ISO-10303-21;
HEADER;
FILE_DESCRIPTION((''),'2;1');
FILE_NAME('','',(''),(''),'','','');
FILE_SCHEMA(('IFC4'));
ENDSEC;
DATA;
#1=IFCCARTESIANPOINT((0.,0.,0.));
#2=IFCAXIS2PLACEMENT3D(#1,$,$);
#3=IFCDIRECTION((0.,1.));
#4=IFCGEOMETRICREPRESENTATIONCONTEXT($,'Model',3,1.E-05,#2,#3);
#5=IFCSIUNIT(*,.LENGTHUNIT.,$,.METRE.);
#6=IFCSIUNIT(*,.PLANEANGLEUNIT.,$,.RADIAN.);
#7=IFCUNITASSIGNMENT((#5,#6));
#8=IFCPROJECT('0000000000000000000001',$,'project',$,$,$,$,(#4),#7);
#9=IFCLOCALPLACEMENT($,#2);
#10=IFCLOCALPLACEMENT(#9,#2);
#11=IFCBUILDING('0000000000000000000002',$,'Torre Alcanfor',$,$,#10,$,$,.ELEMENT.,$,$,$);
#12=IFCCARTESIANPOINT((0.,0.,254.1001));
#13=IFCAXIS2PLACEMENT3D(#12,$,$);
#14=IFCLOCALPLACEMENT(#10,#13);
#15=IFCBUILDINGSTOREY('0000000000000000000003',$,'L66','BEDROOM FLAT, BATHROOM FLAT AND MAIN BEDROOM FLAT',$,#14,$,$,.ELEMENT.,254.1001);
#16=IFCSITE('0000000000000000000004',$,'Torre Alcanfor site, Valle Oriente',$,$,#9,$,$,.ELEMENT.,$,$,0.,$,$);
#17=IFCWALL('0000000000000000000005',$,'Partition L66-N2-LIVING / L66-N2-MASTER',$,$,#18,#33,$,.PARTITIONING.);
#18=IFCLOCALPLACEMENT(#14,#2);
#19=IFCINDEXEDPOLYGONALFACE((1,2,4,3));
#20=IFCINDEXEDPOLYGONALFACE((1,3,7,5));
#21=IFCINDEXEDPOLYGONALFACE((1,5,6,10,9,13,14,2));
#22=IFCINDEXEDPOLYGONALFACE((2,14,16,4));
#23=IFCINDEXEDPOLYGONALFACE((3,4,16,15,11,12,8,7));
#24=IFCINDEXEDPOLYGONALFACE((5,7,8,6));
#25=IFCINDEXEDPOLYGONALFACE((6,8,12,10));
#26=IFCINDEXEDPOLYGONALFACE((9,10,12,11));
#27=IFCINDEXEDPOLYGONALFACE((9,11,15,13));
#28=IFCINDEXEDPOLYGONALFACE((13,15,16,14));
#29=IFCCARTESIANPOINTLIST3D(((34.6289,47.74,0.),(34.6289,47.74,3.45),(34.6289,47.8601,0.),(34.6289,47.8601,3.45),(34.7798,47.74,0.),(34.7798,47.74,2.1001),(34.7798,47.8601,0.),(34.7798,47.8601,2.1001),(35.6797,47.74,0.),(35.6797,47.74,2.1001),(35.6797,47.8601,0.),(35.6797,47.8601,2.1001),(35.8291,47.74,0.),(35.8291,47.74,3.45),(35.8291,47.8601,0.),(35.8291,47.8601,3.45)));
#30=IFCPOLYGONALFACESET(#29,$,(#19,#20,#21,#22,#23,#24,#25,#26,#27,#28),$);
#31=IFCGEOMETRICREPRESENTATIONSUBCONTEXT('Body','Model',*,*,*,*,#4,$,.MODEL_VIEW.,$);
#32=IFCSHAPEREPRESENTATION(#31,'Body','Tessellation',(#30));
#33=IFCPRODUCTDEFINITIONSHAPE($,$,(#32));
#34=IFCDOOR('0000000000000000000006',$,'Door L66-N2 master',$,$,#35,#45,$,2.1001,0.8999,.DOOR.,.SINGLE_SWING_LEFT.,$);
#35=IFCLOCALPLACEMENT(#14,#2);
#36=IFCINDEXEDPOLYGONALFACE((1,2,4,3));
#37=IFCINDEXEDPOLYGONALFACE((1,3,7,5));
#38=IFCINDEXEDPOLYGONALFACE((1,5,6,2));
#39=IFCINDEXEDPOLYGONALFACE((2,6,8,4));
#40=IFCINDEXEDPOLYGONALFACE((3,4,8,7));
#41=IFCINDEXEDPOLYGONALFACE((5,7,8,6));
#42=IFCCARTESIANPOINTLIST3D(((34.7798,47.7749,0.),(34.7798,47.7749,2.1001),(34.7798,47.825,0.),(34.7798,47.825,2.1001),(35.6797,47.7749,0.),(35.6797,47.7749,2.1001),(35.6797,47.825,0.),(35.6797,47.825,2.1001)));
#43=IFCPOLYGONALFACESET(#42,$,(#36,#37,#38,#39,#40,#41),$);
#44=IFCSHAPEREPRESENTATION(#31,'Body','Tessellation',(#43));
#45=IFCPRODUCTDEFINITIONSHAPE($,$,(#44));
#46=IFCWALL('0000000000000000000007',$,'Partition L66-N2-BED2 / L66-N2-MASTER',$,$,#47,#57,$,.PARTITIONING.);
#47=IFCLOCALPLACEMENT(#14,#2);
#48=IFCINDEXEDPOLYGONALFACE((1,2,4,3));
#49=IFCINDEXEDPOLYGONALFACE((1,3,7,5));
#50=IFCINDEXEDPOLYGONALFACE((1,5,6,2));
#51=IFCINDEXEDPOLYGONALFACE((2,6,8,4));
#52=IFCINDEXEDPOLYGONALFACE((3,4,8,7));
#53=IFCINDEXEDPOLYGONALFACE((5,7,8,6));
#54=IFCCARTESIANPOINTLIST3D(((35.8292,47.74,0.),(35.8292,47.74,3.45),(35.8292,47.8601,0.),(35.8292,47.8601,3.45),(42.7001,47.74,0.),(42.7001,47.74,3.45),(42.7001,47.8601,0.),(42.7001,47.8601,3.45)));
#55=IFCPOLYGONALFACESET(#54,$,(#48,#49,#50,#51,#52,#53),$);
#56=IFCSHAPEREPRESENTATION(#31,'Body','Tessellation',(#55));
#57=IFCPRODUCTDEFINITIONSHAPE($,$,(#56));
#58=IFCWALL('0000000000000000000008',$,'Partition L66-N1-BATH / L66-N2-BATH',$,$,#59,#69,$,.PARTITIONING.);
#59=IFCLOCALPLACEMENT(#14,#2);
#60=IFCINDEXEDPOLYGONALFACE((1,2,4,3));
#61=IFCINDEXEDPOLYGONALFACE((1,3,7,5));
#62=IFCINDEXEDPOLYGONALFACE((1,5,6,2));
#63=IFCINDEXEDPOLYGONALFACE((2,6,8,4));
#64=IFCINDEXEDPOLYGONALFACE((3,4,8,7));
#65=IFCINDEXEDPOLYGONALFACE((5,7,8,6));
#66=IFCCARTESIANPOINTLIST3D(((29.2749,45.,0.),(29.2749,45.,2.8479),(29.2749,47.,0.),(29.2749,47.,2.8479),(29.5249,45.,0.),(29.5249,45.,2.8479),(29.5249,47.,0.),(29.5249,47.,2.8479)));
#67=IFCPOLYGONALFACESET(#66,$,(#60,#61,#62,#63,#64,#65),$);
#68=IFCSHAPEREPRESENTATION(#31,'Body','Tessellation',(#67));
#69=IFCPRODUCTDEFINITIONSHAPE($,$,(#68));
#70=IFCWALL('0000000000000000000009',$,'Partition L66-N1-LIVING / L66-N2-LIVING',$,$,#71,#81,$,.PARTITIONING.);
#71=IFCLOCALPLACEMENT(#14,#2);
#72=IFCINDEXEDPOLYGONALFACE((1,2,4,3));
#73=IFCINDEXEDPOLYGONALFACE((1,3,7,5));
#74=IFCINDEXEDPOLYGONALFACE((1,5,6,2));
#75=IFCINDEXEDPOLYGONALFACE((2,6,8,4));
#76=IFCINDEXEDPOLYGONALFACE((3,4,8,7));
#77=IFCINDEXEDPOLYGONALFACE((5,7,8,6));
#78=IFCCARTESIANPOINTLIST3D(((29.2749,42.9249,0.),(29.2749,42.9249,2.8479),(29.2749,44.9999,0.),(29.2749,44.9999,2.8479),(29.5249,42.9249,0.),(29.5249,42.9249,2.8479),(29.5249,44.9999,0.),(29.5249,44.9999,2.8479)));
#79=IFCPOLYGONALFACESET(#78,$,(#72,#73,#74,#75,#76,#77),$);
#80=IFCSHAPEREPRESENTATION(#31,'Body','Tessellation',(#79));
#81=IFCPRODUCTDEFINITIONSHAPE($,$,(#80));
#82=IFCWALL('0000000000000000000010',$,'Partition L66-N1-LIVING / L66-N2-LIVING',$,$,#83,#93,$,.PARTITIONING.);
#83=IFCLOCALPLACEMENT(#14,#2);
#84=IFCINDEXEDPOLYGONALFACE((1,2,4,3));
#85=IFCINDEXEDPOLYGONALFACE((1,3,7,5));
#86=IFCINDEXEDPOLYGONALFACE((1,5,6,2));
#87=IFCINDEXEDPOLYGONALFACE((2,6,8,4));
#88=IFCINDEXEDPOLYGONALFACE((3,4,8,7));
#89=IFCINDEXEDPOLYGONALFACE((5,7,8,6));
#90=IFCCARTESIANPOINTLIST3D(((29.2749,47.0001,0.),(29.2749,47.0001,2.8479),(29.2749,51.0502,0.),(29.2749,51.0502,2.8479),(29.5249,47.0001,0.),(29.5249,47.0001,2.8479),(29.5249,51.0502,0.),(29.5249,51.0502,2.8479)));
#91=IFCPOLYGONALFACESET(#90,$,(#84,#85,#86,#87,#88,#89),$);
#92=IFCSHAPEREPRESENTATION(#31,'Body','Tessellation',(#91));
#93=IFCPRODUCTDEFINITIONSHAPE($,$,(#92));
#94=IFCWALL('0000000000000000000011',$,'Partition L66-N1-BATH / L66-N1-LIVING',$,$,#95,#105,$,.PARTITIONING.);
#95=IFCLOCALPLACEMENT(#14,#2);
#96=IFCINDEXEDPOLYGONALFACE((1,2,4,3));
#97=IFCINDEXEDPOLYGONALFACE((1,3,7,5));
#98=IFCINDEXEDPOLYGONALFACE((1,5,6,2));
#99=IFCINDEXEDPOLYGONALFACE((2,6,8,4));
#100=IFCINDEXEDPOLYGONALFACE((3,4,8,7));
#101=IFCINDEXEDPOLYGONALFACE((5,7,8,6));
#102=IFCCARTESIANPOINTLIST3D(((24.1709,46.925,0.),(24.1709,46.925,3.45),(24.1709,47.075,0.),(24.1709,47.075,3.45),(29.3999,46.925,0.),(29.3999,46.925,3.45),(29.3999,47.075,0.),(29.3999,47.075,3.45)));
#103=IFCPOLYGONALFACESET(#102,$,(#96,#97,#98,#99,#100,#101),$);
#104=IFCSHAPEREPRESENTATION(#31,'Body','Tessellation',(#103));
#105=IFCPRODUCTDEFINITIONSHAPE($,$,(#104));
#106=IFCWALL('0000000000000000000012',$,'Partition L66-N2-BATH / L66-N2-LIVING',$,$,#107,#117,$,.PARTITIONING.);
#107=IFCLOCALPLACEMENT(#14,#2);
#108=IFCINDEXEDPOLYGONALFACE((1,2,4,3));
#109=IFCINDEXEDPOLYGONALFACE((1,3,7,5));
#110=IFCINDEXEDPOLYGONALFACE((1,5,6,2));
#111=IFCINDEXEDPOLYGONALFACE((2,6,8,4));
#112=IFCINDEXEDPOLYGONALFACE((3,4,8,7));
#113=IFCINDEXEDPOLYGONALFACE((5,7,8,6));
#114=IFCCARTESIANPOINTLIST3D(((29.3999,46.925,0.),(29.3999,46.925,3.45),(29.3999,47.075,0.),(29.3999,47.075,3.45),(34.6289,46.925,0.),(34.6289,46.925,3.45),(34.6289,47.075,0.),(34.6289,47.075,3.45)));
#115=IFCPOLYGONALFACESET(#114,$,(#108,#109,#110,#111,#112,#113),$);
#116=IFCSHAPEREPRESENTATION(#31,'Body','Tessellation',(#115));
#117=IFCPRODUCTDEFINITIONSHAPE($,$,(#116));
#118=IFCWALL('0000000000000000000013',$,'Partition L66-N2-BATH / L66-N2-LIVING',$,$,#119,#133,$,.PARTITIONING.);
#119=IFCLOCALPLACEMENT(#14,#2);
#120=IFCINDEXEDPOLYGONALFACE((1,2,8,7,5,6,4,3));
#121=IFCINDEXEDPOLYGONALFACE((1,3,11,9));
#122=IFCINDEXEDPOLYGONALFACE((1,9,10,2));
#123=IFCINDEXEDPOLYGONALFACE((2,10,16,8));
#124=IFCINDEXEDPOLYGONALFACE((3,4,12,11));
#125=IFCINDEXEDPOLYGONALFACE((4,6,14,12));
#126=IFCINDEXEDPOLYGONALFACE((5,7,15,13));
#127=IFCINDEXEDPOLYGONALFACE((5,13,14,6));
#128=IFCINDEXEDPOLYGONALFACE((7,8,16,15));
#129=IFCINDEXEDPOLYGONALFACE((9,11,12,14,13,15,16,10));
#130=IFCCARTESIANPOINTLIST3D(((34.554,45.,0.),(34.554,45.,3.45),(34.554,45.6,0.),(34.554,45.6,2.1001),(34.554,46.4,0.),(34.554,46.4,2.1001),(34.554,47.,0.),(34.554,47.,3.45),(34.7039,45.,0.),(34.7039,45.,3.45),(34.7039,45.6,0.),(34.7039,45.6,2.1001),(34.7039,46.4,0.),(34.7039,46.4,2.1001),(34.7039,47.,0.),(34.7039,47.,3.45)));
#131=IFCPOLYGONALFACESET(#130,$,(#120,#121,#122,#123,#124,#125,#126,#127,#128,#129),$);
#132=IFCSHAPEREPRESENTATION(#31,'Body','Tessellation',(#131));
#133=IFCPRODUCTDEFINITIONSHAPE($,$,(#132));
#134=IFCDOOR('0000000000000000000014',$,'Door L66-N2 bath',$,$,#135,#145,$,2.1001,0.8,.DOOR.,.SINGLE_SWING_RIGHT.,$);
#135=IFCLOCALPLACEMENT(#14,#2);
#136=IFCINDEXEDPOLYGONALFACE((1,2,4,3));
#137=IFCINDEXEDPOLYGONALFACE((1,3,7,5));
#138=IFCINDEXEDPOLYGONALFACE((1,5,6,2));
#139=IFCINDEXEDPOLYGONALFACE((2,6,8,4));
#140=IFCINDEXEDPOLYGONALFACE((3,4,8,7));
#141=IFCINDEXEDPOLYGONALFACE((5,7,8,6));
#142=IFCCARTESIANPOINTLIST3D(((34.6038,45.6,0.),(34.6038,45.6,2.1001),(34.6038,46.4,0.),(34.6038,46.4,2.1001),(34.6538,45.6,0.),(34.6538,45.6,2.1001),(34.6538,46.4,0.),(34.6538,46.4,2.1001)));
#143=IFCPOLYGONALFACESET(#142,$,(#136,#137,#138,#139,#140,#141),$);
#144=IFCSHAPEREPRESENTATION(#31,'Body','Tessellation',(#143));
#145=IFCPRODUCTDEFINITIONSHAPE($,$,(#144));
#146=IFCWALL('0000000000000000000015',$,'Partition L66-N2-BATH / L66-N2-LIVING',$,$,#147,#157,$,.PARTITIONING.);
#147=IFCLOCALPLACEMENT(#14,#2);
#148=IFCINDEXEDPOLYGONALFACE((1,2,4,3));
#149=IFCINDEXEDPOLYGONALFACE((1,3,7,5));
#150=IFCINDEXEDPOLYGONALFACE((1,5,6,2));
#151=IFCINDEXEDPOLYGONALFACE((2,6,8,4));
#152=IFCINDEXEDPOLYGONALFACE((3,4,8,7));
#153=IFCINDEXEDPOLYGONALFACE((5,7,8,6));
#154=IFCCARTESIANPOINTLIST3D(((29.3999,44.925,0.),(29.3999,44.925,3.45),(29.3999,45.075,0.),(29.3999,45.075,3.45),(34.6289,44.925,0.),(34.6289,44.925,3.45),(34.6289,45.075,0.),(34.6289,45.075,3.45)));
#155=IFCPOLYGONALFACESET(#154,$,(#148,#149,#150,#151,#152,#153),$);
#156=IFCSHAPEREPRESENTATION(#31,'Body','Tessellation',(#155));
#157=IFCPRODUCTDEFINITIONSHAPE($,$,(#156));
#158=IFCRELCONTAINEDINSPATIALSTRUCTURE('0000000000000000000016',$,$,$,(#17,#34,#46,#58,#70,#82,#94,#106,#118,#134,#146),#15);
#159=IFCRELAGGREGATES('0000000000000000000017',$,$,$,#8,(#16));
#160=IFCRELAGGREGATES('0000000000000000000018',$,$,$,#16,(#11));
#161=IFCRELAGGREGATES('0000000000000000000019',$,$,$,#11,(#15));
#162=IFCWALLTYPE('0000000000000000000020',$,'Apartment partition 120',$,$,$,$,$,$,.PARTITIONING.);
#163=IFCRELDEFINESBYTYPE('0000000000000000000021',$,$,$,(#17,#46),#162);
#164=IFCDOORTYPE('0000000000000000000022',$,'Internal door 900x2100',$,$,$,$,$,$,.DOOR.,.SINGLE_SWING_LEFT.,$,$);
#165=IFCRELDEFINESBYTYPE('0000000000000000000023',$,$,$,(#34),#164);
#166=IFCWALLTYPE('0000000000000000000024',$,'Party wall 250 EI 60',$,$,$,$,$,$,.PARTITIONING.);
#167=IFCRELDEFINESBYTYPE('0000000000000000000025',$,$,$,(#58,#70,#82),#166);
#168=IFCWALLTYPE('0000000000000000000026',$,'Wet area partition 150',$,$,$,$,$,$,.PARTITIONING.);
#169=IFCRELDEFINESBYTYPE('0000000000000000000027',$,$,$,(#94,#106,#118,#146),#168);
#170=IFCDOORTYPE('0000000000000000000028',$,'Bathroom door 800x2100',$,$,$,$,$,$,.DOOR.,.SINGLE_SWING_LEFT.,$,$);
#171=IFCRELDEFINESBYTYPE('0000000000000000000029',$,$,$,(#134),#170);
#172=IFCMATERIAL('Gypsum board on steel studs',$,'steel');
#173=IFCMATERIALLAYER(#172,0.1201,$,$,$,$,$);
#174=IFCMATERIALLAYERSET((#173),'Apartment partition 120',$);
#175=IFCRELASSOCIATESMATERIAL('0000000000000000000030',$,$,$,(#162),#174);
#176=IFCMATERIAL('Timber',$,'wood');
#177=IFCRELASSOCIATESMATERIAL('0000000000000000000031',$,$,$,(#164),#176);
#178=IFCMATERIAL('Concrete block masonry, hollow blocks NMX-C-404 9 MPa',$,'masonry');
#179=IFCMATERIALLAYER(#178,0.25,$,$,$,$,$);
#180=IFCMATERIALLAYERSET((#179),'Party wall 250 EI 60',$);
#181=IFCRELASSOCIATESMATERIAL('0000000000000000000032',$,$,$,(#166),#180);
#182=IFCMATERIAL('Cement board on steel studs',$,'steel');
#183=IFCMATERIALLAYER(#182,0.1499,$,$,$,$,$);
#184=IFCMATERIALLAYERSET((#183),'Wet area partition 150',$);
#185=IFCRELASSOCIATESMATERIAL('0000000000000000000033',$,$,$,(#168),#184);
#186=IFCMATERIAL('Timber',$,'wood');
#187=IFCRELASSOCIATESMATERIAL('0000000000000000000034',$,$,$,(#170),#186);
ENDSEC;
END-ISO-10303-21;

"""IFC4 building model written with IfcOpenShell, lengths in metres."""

from ifc_helpers import new_model, si_unit, direction, frame, frame_2d, origin, place, context, subcontext, project, spatial, rectangle, extrude, material, layer, layer_set, type_object, element, fill, save


model = new_model("IFC4")

# Units and contexts
model_context = context("Model", 3, precision=1e-05, world=origin(), true_north=direction((0.0, 1.0)))
body_context = subcontext(model_context, "Body", "Model", "MODEL_VIEW")
ifc_project = project(units=[si_unit("LENGTHUNIT", "METRE"), si_unit("PLANEANGLEUNIT", "RADIAN")], contexts=[model_context])

# Site, building, storey
site_placement = place(None, origin())
site = spatial("IfcSite", under=ifc_project, at=site_placement, Name="Torre Alcanfor site, Valle Oriente", CompositionType="ELEMENT", RefElevation=0.0)
building_placement = place(site_placement, origin())
building = spatial("IfcBuilding", under=site, at=building_placement, Name="Torre Alcanfor", CompositionType="ELEMENT")
storey_placement = place(building_placement, frame((0.0, 0.0, 254.1001)))
storey = spatial("IfcBuildingStorey", under=building, at=storey_placement, Name="L66", Description="BEDROOM FLAT, BATHROOM FLAT AND MAIN BEDROOM FLAT", CompositionType="ELEMENT", Elevation=254.1001)

# Shared definitions
ifc_material_1 = material(Name="Gypsum board on steel studs", Category="steel")
ifc_layer_1 = layer(ifc_material_1, 0.1201)
ifc_layer_set_1 = layer_set([ifc_layer_1], Name="Apartment partition 120")
wall_type_1 = type_object("IfcWallType", Name="Apartment partition 120", PredefinedType="PARTITIONING", material=ifc_layer_set_1)
ifc_material_2 = material(Name="Timber", Category="wood")
door_type_1 = type_object("IfcDoorType", Name="Internal door 900x2100", OperationType="SINGLE_SWING_LEFT", PredefinedType="DOOR", material=ifc_material_2)

# Wall, opening, door
wall_1_placement = place(storey_placement, frame((34.6289, 47.8, 0.0), z_axis=(0.0, 0.0, 1.0), x_axis=(1.0, 0.0, 0.0)))
wall_1 = element("IfcWall", 1, at=wall_1_placement, inside=storey, type_object=wall_type_1, Name="Partition L66-N2-LIVING / L66-N2-MASTER", PredefinedType="PARTITIONING", context=body_context, shape_type="SweptSolid", body=[
    extrude(rectangle(XDim=1.2002, YDim=0.1201, at=frame_2d((0.6001, 0.0))), origin(), (0.0, 0.0, 1.0), 3.45),
])
opening_1_placement = place(wall_1_placement, frame((0.1509, 0.0, 0.0)))
opening_1 = element("IfcOpeningElement", 2, at=opening_1_placement, cuts=wall_1, PredefinedType="OPENING", context=body_context, shape_type="SweptSolid", body=[
    extrude(rectangle(XDim=0.8999, YDim=2.1001, at=frame_2d((0.45, 1.05))), frame((0.0, 0.0701, 0.0), z_axis=(0.0, -1.0, 0.0), x_axis=(1.0, 0.0, 0.0)), (0.0, 0.0, 1.0), 0.1401),
])
door_1_placement = place(opening_1_placement, origin())
door_1 = element("IfcDoor", 3, at=door_1_placement, inside=storey, type_object=door_type_1, Name="Door L66-N2 master", OperationType="SINGLE_SWING_LEFT", OverallHeight=2.1001, OverallWidth=0.8999, PredefinedType="DOOR", context=body_context, shape_type="SweptSolid", body=[
    extrude(rectangle(XDim=0.8999, YDim=2.1001, at=frame_2d((0.45, 1.05))), frame((0.0, 0.0249, 0.0), z_axis=(0.0, -1.0, 0.0), x_axis=(1.0, 0.0, 0.0)), (0.0, 0.0, 1.0), 0.05),
])
fill(opening_1, door_1)

# Walls
wall_2_placement = place(storey_placement, frame((35.8291, 47.8, 0.0), z_axis=(0.0, 0.0, 1.0), x_axis=(1.0, 0.0, 0.0)))
element("IfcWall", 4, at=wall_2_placement, inside=storey, type_object=wall_type_1, Name="Partition L66-N2-BED2 / L66-N2-MASTER", PredefinedType="PARTITIONING", context=body_context, shape_type="SweptSolid", body=[
    extrude(rectangle(XDim=6.8708, YDim=0.1201, at=frame_2d((3.4355, 0.0))), origin(), (0.0, 0.0, 1.0), 3.45),
])
ifc_material_3 = material(Name="Concrete block masonry, hollow blocks NMX-C-404 9 MPa", Category="masonry")
ifc_layer_2 = layer(ifc_material_3, 0.25)
ifc_layer_set_2 = layer_set([ifc_layer_2], Name="Party wall 250 EI 60")
wall_type_2 = type_object("IfcWallType", Name="Party wall 250 EI 60", PredefinedType="PARTITIONING", material=ifc_layer_set_2)
wall_3_placement = place(storey_placement, frame((29.3999, 45.0, 0.0), z_axis=(0.0, 0.0, 1.0), x_axis=(0.0, 1.0, 0.0)))
element("IfcWall", 5, at=wall_3_placement, inside=storey, type_object=wall_type_2, Name="Partition L66-N1-BATH / L66-N2-BATH", PredefinedType="PARTITIONING", context=body_context, shape_type="SweptSolid", body=[
    extrude(rectangle(XDim=2.0, YDim=0.25, at=frame_2d((1.0, 0.0))), origin(), (0.0, 0.0, 1.0), 2.8479),
])
wall_4_placement = place(storey_placement, frame((29.3999, 45.0, 0.0), z_axis=(0.0, 0.0, 1.0), x_axis=(0.0, -1.0, 0.0)))
element("IfcWall", 6, at=wall_4_placement, inside=storey, type_object=wall_type_2, Name="Partition L66-N1-LIVING / L66-N2-LIVING", PredefinedType="PARTITIONING", context=body_context, shape_type="SweptSolid", body=[
    extrude(rectangle(XDim=2.075, YDim=0.25, at=frame_2d((1.0376, 0.0))), origin(), (0.0, 0.0, 1.0), 2.8479),
])
wall_5_placement = place(storey_placement, frame((29.3999, 51.05, 0.0), z_axis=(0.0, 0.0, 1.0), x_axis=(0.0, -1.0, 0.0)))
element("IfcWall", 7, at=wall_5_placement, inside=storey, type_object=wall_type_2, Name="Partition L66-N1-LIVING / L66-N2-LIVING", PredefinedType="PARTITIONING", context=body_context, shape_type="SweptSolid", body=[
    extrude(rectangle(XDim=4.05, YDim=0.25, at=frame_2d((2.0249, 0.0))), origin(), (0.0, 0.0, 1.0), 2.8479),
])
ifc_material_4 = material(Name="Cement board on steel studs", Category="steel")
ifc_layer_3 = layer(ifc_material_4, 0.1499)
ifc_layer_set_3 = layer_set([ifc_layer_3], Name="Wet area partition 150")
wall_type_3 = type_object("IfcWallType", Name="Wet area partition 150", PredefinedType="PARTITIONING", material=ifc_layer_set_3)
for number, where, z_axis, x_axis, name in (
    (8, (29.3999, 47.0, 0.0), (0.0, 0.0, 1.0), (-1.0, 0.0, 0.0), "Partition L66-N1-BATH / L66-N1-LIVING"),
    (9, (29.3999, 47.0, 0.0), (0.0, 0.0, 1.0), (1.0, 0.0, 0.0), "Partition L66-N2-BATH / L66-N2-LIVING"),
):
    element("IfcWall", number, at=place(storey_placement, frame(where, z_axis=z_axis, x_axis=x_axis)), inside=storey, type_object=wall_type_3, Name=name, PredefinedType="PARTITIONING", context=body_context, shape_type="SweptSolid", body=[
        extrude(rectangle(XDim=5.229, YDim=0.1499, at=frame_2d((2.6145, 0.0))), origin(), (0.0, 0.0, 1.0), 3.45),
    ])

# Wall, opening, door
wall_6_placement = place(storey_placement, frame((34.6289, 47.0, 0.0), z_axis=(0.0, 0.0, 1.0), x_axis=(0.0, -1.0, 0.0)))
wall_6 = element("IfcWall", 10, at=wall_6_placement, inside=storey, type_object=wall_type_3, Name="Partition L66-N2-BATH / L66-N2-LIVING", PredefinedType="PARTITIONING", context=body_context, shape_type="SweptSolid", body=[
    extrude(rectangle(XDim=2.0, YDim=0.1499, at=frame_2d((1.0, 0.0))), origin(), (0.0, 0.0, 1.0), 3.45),
])
opening_2_placement = place(wall_6_placement, frame((0.6001, 0.0, 0.0)))
opening_2 = element("IfcOpeningElement", 11, at=opening_2_placement, cuts=wall_6, PredefinedType="OPENING", context=body_context, shape_type="SweptSolid", body=[
    extrude(rectangle(XDim=0.8, YDim=2.1001, at=frame_2d((0.3999, 1.05))), frame((0.0, 0.085, 0.0), z_axis=(0.0, -1.0, 0.0), x_axis=(1.0, 0.0, 0.0)), (0.0, 0.0, 1.0), 0.1699),
])
ifc_material_5 = material(Name="Timber", Category="wood")
door_type_2 = type_object("IfcDoorType", Name="Bathroom door 800x2100", OperationType="SINGLE_SWING_LEFT", PredefinedType="DOOR", material=ifc_material_5)
door_2_placement = place(opening_2_placement, frame((0.8, 0.0, 0.0), z_axis=(0.0, 0.0, 1.0), x_axis=(-1.0, 0.0, 0.0)))
door_2 = element("IfcDoor", 12, at=door_2_placement, inside=storey, type_object=door_type_2, Name="Door L66-N2 bath", OperationType="SINGLE_SWING_RIGHT", OverallHeight=2.1001, OverallWidth=0.8, PredefinedType="DOOR", context=body_context, shape_type="SweptSolid", body=[
    extrude(rectangle(XDim=0.8, YDim=2.1001, at=frame_2d((0.4001, 1.05))), frame((0.0, 0.0251, 0.0), z_axis=(0.0, -1.0, 0.0), x_axis=(1.0, 0.0, 0.0)), (0.0, 0.0, 1.0), 0.05),
])
fill(opening_2, door_2)

# Wall
wall_7_placement = place(storey_placement, frame((34.6289, 45.0, 0.0), z_axis=(0.0, 0.0, 1.0), x_axis=(-1.0, 0.0, 0.0)))
element("IfcWall", 13, at=wall_7_placement, inside=storey, type_object=wall_type_3, Name="Partition L66-N2-BATH / L66-N2-LIVING", PredefinedType="PARTITIONING", context=body_context, shape_type="SweptSolid", body=[
    extrude(rectangle(XDim=5.229, YDim=0.1499, at=frame_2d((2.6145, 0.0))), origin(), (0.0, 0.0, 1.0), 3.45),
])

save(model, "model.ifc")
